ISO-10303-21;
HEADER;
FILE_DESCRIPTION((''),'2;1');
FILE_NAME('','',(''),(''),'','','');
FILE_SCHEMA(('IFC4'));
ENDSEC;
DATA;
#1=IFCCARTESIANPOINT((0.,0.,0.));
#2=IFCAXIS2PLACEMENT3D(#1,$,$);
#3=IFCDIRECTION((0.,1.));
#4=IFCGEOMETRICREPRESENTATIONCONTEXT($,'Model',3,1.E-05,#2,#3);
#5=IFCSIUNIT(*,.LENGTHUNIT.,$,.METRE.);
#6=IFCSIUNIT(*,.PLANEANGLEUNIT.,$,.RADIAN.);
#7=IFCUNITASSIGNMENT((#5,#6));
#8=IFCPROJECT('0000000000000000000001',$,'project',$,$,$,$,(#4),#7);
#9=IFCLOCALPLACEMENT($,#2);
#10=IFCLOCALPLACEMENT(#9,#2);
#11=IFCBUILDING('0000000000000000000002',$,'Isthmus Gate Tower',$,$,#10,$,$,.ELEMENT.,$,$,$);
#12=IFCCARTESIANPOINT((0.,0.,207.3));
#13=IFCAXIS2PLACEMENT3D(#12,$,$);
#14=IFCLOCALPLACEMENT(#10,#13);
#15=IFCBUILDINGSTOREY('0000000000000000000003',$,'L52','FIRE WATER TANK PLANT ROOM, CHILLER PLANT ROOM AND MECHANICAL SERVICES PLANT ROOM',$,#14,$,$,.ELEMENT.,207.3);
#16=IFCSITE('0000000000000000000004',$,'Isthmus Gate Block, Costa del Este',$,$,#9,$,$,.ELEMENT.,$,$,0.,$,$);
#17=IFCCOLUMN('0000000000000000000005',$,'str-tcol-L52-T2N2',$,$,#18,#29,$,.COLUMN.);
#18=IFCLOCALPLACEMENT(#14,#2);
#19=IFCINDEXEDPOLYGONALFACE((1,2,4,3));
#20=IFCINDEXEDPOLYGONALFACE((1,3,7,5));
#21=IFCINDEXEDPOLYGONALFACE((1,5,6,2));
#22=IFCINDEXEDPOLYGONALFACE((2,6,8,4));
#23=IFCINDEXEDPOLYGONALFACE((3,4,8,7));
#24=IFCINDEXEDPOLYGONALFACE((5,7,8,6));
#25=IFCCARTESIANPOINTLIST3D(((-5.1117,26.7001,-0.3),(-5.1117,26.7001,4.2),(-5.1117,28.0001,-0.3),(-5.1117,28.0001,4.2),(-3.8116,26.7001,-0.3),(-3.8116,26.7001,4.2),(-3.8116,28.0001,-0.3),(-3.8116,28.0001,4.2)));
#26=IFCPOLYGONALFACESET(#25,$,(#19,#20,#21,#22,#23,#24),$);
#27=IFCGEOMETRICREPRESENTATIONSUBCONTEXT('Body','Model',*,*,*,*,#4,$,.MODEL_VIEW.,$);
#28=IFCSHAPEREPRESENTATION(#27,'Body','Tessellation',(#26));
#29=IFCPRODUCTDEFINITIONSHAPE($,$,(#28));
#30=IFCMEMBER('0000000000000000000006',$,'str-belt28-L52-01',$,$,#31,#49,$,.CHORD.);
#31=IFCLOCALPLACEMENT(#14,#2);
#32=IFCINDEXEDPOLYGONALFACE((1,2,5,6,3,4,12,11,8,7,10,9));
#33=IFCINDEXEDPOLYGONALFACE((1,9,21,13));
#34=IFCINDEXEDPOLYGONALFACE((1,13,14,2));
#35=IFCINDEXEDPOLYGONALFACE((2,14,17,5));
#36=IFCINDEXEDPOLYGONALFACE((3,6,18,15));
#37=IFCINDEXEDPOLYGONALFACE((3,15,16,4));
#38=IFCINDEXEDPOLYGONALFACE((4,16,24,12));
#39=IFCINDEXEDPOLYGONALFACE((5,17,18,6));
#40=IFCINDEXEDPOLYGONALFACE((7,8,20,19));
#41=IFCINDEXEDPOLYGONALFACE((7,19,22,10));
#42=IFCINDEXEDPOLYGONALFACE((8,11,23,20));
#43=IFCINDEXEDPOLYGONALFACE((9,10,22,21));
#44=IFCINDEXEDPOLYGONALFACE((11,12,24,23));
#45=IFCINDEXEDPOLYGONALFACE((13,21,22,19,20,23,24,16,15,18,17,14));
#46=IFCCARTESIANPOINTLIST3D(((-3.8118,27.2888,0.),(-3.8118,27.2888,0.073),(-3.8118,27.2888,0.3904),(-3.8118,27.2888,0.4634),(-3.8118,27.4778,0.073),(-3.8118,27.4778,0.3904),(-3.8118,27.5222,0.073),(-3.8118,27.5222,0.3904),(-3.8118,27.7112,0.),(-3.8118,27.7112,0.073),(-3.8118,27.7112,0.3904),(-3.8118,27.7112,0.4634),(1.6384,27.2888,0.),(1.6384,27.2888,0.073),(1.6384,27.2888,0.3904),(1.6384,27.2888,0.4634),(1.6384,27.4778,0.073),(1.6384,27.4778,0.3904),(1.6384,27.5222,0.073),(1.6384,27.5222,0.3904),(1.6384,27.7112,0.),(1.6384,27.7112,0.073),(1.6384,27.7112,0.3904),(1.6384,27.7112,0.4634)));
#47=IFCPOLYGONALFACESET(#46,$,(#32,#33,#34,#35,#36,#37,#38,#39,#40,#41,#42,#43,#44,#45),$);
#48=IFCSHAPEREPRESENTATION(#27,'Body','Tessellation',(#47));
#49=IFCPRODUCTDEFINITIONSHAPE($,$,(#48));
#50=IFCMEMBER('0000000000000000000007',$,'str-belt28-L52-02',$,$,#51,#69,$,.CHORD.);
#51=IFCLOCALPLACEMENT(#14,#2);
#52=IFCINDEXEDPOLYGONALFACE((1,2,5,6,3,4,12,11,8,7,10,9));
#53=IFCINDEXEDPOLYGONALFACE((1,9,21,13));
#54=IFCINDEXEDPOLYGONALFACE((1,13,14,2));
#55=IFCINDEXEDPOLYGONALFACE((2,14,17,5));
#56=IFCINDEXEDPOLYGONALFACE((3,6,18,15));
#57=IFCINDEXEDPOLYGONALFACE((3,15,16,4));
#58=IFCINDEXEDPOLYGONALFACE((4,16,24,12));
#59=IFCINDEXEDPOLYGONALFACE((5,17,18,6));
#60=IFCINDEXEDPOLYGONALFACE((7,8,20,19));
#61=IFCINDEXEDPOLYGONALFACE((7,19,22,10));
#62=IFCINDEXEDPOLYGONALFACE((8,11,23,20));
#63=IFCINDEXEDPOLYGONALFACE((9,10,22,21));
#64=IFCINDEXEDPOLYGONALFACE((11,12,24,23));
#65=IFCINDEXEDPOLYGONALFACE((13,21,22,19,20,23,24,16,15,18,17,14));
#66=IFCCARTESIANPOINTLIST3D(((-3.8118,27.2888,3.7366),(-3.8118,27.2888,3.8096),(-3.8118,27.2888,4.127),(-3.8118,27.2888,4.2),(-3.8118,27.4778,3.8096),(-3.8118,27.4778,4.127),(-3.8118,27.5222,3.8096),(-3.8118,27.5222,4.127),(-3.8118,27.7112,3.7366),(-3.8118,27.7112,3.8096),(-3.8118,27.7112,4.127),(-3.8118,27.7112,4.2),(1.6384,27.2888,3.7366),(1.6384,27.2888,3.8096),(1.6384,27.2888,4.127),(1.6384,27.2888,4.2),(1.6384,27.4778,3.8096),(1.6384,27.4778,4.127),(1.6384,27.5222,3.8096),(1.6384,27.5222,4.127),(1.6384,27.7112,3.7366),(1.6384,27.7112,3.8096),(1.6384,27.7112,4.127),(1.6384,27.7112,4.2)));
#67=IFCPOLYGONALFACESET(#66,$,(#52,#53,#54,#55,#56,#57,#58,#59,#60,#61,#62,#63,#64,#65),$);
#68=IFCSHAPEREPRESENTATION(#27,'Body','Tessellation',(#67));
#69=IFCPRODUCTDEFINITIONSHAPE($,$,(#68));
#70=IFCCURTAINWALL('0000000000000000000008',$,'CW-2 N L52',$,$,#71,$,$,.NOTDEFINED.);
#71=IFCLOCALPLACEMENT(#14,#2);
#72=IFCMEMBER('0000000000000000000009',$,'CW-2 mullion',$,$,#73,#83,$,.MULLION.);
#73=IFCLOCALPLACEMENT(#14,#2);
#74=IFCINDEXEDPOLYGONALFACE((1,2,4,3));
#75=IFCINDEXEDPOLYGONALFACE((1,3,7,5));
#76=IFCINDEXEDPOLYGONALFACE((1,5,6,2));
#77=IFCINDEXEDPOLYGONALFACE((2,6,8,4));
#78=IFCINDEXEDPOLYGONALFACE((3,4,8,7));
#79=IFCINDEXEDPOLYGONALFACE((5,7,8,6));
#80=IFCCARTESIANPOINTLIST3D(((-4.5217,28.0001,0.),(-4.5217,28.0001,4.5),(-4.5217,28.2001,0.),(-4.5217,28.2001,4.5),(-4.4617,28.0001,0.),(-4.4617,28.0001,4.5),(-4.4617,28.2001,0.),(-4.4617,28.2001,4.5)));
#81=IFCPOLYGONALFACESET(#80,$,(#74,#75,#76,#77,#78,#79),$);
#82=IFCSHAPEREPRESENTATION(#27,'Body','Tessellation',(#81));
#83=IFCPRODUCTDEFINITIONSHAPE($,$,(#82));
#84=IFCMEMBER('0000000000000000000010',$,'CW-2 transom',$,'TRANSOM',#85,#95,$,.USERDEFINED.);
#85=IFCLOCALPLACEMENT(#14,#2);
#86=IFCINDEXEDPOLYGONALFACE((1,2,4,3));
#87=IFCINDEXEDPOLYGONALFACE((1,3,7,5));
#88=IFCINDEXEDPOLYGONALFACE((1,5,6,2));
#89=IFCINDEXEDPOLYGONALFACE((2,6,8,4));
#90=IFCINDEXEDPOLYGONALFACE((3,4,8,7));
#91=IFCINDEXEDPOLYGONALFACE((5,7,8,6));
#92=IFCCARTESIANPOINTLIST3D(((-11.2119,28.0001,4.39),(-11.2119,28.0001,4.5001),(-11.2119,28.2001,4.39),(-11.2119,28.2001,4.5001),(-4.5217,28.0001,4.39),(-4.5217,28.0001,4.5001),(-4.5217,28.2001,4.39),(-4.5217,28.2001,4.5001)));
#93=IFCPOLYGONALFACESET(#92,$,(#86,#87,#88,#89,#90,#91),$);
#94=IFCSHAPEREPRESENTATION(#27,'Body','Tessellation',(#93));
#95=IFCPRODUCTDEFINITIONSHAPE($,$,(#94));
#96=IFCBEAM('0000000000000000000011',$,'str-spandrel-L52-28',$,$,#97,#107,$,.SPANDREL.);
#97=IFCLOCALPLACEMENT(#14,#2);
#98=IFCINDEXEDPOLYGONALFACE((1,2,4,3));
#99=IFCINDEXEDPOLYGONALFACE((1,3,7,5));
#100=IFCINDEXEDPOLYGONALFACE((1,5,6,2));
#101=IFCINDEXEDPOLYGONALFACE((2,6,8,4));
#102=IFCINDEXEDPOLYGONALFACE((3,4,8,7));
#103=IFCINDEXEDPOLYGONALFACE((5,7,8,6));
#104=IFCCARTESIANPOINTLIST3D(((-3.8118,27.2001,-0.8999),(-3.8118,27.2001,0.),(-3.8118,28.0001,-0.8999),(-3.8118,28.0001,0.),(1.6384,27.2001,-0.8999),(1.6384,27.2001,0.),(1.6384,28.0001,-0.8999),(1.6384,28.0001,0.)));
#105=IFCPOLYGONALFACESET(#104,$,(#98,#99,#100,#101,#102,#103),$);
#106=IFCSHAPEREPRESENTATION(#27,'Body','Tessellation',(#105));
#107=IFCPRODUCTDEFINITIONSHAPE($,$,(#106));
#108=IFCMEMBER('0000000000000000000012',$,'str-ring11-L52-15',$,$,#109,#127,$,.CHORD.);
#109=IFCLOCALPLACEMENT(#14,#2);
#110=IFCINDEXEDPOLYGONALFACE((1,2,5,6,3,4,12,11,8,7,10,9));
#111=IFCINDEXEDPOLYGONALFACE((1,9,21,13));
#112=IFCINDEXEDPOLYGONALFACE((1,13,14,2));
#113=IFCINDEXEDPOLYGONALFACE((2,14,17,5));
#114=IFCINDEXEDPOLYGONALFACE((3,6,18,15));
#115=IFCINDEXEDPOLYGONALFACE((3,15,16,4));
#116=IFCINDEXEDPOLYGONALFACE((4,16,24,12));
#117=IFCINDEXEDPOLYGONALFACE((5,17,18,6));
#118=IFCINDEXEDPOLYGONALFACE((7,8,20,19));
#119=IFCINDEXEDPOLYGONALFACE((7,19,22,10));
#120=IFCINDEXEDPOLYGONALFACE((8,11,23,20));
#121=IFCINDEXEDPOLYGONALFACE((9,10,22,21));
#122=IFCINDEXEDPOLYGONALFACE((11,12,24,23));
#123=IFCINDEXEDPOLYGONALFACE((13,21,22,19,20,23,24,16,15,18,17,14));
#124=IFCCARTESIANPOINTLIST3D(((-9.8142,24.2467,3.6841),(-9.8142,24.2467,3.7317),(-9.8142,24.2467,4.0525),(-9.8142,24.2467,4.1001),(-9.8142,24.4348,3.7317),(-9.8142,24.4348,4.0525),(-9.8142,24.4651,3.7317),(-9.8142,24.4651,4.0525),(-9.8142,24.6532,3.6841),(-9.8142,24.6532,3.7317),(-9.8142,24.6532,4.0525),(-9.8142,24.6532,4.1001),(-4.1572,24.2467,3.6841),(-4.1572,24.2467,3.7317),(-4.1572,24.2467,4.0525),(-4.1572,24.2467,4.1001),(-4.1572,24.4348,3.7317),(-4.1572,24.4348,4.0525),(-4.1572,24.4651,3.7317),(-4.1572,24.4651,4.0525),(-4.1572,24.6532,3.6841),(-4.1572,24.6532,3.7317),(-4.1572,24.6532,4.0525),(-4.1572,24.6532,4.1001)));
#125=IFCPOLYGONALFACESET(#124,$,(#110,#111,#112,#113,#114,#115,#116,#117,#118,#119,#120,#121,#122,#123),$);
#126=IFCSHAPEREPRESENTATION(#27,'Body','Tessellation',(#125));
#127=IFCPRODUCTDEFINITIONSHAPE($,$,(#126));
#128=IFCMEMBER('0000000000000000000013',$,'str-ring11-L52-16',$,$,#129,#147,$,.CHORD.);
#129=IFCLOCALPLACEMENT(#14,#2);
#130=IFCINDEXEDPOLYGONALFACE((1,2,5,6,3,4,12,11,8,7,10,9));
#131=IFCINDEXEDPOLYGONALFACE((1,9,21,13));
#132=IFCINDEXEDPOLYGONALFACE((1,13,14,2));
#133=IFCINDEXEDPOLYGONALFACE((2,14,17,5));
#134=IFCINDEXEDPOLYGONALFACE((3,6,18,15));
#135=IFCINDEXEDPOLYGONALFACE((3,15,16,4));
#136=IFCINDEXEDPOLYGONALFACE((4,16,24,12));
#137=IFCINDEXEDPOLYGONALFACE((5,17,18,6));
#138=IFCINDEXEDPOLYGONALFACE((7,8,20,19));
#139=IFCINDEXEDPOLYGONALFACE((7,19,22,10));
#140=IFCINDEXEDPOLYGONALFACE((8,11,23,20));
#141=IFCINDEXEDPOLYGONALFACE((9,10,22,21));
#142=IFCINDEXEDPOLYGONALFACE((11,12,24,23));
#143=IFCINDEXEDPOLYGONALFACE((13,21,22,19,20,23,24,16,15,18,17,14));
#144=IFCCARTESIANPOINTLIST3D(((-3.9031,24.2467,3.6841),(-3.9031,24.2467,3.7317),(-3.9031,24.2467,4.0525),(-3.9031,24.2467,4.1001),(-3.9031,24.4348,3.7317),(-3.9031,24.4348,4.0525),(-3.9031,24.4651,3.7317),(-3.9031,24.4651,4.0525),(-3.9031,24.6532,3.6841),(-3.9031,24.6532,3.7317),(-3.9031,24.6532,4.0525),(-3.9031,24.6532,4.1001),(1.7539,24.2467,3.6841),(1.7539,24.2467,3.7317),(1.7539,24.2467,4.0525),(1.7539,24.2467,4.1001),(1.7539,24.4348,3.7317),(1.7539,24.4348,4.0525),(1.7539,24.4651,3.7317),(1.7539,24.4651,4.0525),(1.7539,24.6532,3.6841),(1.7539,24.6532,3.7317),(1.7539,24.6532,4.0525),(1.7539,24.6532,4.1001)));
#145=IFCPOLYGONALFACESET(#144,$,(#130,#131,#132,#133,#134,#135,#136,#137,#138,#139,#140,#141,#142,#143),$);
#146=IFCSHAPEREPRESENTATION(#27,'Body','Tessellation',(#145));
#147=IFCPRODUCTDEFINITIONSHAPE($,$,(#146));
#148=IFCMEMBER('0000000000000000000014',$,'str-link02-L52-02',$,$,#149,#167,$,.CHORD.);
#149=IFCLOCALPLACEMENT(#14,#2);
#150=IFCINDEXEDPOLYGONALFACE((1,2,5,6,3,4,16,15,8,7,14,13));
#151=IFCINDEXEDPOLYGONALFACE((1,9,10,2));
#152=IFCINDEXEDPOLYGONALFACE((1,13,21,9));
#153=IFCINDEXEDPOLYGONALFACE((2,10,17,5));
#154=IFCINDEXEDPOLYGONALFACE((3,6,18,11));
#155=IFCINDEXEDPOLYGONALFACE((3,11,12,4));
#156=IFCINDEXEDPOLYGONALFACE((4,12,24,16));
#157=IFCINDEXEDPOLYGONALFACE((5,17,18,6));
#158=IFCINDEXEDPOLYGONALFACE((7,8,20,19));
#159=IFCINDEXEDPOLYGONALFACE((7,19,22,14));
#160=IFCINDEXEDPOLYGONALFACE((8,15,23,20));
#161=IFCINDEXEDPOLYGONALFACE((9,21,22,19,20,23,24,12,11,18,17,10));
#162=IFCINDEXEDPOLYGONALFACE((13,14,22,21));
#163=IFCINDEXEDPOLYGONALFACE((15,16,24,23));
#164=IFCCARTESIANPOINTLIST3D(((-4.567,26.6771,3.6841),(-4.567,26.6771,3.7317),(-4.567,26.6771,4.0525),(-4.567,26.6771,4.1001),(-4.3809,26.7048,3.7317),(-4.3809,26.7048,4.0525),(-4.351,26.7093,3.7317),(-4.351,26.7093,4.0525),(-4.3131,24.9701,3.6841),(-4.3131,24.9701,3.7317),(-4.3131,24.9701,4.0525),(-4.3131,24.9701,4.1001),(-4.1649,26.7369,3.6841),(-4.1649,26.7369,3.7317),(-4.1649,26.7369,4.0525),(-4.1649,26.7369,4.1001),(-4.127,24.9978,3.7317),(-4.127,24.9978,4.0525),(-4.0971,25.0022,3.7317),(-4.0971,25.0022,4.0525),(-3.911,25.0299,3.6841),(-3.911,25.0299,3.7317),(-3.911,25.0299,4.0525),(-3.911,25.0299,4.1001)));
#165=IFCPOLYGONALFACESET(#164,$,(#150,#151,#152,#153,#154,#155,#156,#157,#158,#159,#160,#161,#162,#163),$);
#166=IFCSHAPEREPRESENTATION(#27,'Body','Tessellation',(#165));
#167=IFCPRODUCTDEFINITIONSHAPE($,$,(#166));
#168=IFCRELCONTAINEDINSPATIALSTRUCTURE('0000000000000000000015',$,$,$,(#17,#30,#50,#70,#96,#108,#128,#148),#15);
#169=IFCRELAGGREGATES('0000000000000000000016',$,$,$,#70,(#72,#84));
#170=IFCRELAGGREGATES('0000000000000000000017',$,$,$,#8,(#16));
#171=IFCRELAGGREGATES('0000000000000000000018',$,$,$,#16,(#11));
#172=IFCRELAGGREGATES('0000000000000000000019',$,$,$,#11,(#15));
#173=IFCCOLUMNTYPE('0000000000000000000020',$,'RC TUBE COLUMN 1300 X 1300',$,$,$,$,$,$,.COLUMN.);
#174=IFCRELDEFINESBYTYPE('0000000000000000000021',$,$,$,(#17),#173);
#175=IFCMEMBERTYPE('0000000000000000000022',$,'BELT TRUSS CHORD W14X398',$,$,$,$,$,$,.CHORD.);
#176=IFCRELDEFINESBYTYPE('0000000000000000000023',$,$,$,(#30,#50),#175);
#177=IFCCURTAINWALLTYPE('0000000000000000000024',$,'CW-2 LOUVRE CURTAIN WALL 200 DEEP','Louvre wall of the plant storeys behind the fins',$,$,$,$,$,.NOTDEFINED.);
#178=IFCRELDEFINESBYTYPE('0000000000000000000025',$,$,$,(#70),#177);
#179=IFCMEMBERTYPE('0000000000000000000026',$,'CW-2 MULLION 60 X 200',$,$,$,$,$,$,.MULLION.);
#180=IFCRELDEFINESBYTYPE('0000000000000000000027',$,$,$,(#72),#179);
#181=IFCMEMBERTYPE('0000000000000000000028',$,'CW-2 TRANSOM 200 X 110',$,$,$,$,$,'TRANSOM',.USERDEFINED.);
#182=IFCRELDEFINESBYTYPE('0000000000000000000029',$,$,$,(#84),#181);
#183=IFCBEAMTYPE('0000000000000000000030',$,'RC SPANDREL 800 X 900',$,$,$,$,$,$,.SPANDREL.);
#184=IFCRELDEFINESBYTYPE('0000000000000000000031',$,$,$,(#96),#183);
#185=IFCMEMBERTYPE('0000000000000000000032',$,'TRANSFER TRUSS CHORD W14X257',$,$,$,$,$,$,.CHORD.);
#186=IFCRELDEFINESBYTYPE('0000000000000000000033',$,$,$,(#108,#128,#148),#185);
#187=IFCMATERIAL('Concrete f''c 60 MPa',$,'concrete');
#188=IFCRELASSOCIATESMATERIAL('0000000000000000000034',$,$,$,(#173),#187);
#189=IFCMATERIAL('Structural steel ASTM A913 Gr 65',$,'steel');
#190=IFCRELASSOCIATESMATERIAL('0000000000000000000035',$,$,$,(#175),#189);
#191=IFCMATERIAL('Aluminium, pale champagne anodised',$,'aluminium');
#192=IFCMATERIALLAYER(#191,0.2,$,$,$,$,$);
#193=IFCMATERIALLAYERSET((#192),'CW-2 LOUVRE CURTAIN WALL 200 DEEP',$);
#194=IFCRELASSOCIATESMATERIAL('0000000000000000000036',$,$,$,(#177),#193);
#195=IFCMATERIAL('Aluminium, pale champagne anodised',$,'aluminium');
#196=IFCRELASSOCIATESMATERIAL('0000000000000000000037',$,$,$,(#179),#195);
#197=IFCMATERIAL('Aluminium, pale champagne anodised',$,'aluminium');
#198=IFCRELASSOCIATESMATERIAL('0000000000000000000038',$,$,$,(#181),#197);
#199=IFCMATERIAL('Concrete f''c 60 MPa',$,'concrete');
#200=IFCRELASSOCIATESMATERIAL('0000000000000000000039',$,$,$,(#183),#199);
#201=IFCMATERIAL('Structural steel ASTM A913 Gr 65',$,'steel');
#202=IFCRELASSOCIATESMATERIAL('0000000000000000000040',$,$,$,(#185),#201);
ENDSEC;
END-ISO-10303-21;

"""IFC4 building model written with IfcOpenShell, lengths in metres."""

from ifc_helpers import new_model, si_unit, direction, frame, origin, origin_2d, place, context, subcontext, project, spatial, rectangle, i_section, extrude, material, layer, layer_set, material_profile, profile_set, type_object, element, aggregate, save


model = new_model("IFC4")

# Units and contexts
model_context = context("Model", 3, precision=1e-05, world=origin(), true_north=direction((0.0, 1.0)))
body_context = subcontext(model_context, "Body", "Model", "MODEL_VIEW")
ifc_project = project(units=[si_unit("LENGTHUNIT", "METRE"), si_unit("PLANEANGLEUNIT", "RADIAN")], contexts=[model_context])

# Site, building, storey
site_placement = place(None, origin())
site = spatial("IfcSite", under=ifc_project, at=site_placement, Name="Isthmus Gate Block, Costa del Este", CompositionType="ELEMENT", RefElevation=0.0)
building_placement = place(site_placement, origin())
building = spatial("IfcBuilding", under=site, at=building_placement, Name="Isthmus Gate Tower", CompositionType="ELEMENT")
storey_placement = place(building_placement, frame((0.0, 0.0, 207.3)))
storey = spatial("IfcBuildingStorey", under=building, at=storey_placement, Name="L52", Description="FIRE WATER TANK PLANT ROOM, CHILLER PLANT ROOM AND MECHANICAL SERVICES PLANT ROOM", CompositionType="ELEMENT", Elevation=207.3)

# Column
ifc_material_1 = material(Name="Concrete f'c 60 MPa", Category="concrete")
ifc_material_profile_1 = material_profile(ifc_material_1, rectangle(XDim=1.3, YDim=1.3, at=origin_2d()), Name="RC 1300X1300")
ifc_profile_set_1 = profile_set([ifc_material_profile_1], Name="Concrete f'c 60 MPa")
column_type = type_object("IfcColumnType", Name="RC TUBE COLUMN 1300 X 1300", PredefinedType="COLUMN", material=ifc_profile_set_1)
column_placement = place(storey_placement, frame((-4.4617, 27.3501, -0.3), z_axis=(0.0, 0.0, 1.0), x_axis=(-1.0, 0.0, 0.0)))
element("IfcColumn", 1, at=column_placement, inside=storey, type_object=column_type, Name="str-tcol-L52-T2N2", PredefinedType="COLUMN", context=body_context, shape_type="SweptSolid", body=[
    extrude(rectangle(XDim=1.3, YDim=1.3, at=origin_2d()), origin(), (0.0, 0.0, 1.0), 4.5),
])

# Members
ifc_material_2 = material(Name="Structural steel ASTM A913 Gr 65", Category="steel")
ifc_material_profile_2 = material_profile(ifc_material_2, i_section(OverallWidth=0.4224, OverallDepth=0.4634, WebThickness=0.0444, FlangeThickness=0.073, at=origin_2d()), Name="W14X398")
ifc_profile_set_2 = profile_set([ifc_material_profile_2], Name="Structural steel ASTM A913 Gr 65")
member_type_1 = type_object("IfcMemberType", Name="BELT TRUSS CHORD W14X398", PredefinedType="CHORD", material=ifc_profile_set_2)
for number, where, z_axis, x_axis, name in (
    (2, (-3.8118, 27.5, 0.2317), (1.0, 0.0, 0.0), (0.0, 1.0, 0.0), "str-belt28-L52-01"),
    (3, (-3.8118, 27.5, 3.9683), (1.0, 0.0, 0.0), (0.0, 1.0, 0.0), "str-belt28-L52-02"),
):
    element("IfcMember", number, at=place(storey_placement, frame(where, z_axis=z_axis, x_axis=x_axis)), inside=storey, type_object=member_type_1, Name=name, PredefinedType="CHORD", context=body_context, shape_type="SweptSolid", body=[
        extrude(i_section(OverallWidth=0.4224, OverallDepth=0.4634, WebThickness=0.0444, FlangeThickness=0.073, at=origin_2d()), origin(), (0.0, 0.0, 1.0), 5.4502),
    ])

# Curtain wall, members
ifc_material_3 = material(Name="Aluminium, pale champagne anodised", Category="aluminium")
ifc_layer_1 = layer(ifc_material_3, 0.2)
ifc_layer_set_1 = layer_set([ifc_layer_1], Name="CW-2 LOUVRE CURTAIN WALL 200 DEEP")
curtain_wall_type = type_object("IfcCurtainWallType", Name="CW-2 LOUVRE CURTAIN WALL 200 DEEP", Description="Louvre wall of the plant storeys behind the fins", PredefinedType="NOTDEFINED", material=ifc_layer_set_1)
curtain_wall_placement = place(storey_placement, origin())
curtain_wall = element("IfcCurtainWall", 4, at=curtain_wall_placement, inside=storey, type_object=curtain_wall_type, Name="CW-2 N L52", PredefinedType="NOTDEFINED")
ifc_material_4 = material(Name="Aluminium, pale champagne anodised", Category="aluminium")
ifc_material_profile_3 = material_profile(ifc_material_4, rectangle(XDim=0.0601, YDim=0.2, at=origin_2d()), Name="60x200")
ifc_profile_set_3 = profile_set([ifc_material_profile_3], Name="Aluminium, pale champagne anodised")
member_type_2 = type_object("IfcMemberType", Name="CW-2 MULLION 60 X 200", PredefinedType="MULLION", material=ifc_profile_set_3)
member_1_placement = place(storey_placement, frame((-4.4917, 28.1001, 0.0), z_axis=(0.0, 0.0, 1.0), x_axis=(-1.0, 0.0, 0.0)))
member_1 = element("IfcMember", 5, at=member_1_placement, type_object=member_type_2, Name="CW-2 mullion", PredefinedType="MULLION", context=body_context, shape_type="SweptSolid", body=[
    extrude(rectangle(XDim=0.0601, YDim=0.2, at=origin_2d()), origin(), (0.0, 0.0, 1.0), 4.5),
])
ifc_material_5 = material(Name="Aluminium, pale champagne anodised", Category="aluminium")
ifc_material_profile_4 = material_profile(ifc_material_5, rectangle(XDim=0.2, YDim=0.1101, at=origin_2d()), Name="200x110")
ifc_profile_set_4 = profile_set([ifc_material_profile_4], Name="Aluminium, pale champagne anodised")
member_type_3 = type_object("IfcMemberType", Name="CW-2 TRANSOM 200 X 110", ElementType="TRANSOM", PredefinedType="USERDEFINED", material=ifc_profile_set_4)
member_2_placement = place(storey_placement, frame((-4.5217, 28.1001, 4.4451), z_axis=(-1.0, 0.0, 0.0), x_axis=(0.0, -1.0, 0.0)))
member_2 = element("IfcMember", 6, at=member_2_placement, type_object=member_type_3, Name="CW-2 transom", ObjectType="TRANSOM", PredefinedType="USERDEFINED", context=body_context, shape_type="SweptSolid", body=[
    extrude(rectangle(XDim=0.2, YDim=0.1101, at=origin_2d()), origin(), (0.0, 0.0, 1.0), 6.6902),
])

# Beam
ifc_material_6 = material(Name="Concrete f'c 60 MPa", Category="concrete")
ifc_material_profile_5 = material_profile(ifc_material_6, rectangle(XDim=0.8, YDim=0.8999, at=origin_2d()), Name="RC 800X900")
ifc_profile_set_5 = profile_set([ifc_material_profile_5], Name="Concrete f'c 60 MPa")
beam_type = type_object("IfcBeamType", Name="RC SPANDREL 800 X 900", PredefinedType="SPANDREL", material=ifc_profile_set_5)
beam_placement = place(storey_placement, frame((-3.8118, 27.6001, -0.45), z_axis=(1.0, 0.0, 0.0), x_axis=(0.0, 1.0, 0.0)))
element("IfcBeam", 7, at=beam_placement, inside=storey, type_object=beam_type, Name="str-spandrel-L52-28", PredefinedType="SPANDREL", context=body_context, shape_type="SweptSolid", body=[
    extrude(rectangle(XDim=0.8, YDim=0.8999, at=origin_2d()), origin(), (0.0, 0.0, 1.0), 5.4502),
])

# Members
ifc_material_7 = material(Name="Structural steel ASTM A913 Gr 65", Category="steel")
ifc_material_profile_6 = material_profile(ifc_material_7, i_section(OverallWidth=0.4065, OverallDepth=0.416, WebThickness=0.0303, FlangeThickness=0.0476, at=origin_2d()), Name="W14X257")
ifc_profile_set_6 = profile_set([ifc_material_profile_6], Name="Structural steel ASTM A913 Gr 65")
member_type_4 = type_object("IfcMemberType", Name="TRANSFER TRUSS CHORD W14X257", PredefinedType="CHORD", material=ifc_profile_set_6)
for number, where, z_axis, x_axis, name in (
    (8, (-9.8142, 24.45, 3.8921), (1.0, 0.0, 0.0), (0.0, 1.0, 0.0), "str-ring11-L52-15"),
    (9, (-3.9031, 24.45, 3.8921), (1.0, 0.0, 0.0), (0.0, 1.0, 0.0), "str-ring11-L52-16"),
):
    element("IfcMember", number, at=place(storey_placement, frame(where, z_axis=z_axis, x_axis=x_axis)), inside=storey, type_object=member_type_4, Name=name, PredefinedType="CHORD", context=body_context, shape_type="SweptSolid", body=[
        extrude(i_section(OverallWidth=0.4065, OverallDepth=0.416, WebThickness=0.0303, FlangeThickness=0.0476, at=origin_2d()), origin(), (0.0, 0.0, 1.0), 5.657),
    ])
member_3_placement = place(storey_placement, frame((-4.366, 26.707, 3.8921), z_axis=(0.147123, -0.989118, 0.0), x_axis=(0.989118, 0.147123, 0.0)))
element("IfcMember", 10, at=member_3_placement, inside=storey, type_object=member_type_4, Name="str-link02-L52-02", PredefinedType="CHORD", context=body_context, shape_type="SweptSolid", body=[
    extrude(i_section(OverallWidth=0.4065, OverallDepth=0.416, WebThickness=0.0303, FlangeThickness=0.0476, at=origin_2d()), origin(), (0.0, 0.0, 1.0), 1.7258),
])

aggregate(curtain_wall, [member_1, member_2])

save(model, "model.ifc")
